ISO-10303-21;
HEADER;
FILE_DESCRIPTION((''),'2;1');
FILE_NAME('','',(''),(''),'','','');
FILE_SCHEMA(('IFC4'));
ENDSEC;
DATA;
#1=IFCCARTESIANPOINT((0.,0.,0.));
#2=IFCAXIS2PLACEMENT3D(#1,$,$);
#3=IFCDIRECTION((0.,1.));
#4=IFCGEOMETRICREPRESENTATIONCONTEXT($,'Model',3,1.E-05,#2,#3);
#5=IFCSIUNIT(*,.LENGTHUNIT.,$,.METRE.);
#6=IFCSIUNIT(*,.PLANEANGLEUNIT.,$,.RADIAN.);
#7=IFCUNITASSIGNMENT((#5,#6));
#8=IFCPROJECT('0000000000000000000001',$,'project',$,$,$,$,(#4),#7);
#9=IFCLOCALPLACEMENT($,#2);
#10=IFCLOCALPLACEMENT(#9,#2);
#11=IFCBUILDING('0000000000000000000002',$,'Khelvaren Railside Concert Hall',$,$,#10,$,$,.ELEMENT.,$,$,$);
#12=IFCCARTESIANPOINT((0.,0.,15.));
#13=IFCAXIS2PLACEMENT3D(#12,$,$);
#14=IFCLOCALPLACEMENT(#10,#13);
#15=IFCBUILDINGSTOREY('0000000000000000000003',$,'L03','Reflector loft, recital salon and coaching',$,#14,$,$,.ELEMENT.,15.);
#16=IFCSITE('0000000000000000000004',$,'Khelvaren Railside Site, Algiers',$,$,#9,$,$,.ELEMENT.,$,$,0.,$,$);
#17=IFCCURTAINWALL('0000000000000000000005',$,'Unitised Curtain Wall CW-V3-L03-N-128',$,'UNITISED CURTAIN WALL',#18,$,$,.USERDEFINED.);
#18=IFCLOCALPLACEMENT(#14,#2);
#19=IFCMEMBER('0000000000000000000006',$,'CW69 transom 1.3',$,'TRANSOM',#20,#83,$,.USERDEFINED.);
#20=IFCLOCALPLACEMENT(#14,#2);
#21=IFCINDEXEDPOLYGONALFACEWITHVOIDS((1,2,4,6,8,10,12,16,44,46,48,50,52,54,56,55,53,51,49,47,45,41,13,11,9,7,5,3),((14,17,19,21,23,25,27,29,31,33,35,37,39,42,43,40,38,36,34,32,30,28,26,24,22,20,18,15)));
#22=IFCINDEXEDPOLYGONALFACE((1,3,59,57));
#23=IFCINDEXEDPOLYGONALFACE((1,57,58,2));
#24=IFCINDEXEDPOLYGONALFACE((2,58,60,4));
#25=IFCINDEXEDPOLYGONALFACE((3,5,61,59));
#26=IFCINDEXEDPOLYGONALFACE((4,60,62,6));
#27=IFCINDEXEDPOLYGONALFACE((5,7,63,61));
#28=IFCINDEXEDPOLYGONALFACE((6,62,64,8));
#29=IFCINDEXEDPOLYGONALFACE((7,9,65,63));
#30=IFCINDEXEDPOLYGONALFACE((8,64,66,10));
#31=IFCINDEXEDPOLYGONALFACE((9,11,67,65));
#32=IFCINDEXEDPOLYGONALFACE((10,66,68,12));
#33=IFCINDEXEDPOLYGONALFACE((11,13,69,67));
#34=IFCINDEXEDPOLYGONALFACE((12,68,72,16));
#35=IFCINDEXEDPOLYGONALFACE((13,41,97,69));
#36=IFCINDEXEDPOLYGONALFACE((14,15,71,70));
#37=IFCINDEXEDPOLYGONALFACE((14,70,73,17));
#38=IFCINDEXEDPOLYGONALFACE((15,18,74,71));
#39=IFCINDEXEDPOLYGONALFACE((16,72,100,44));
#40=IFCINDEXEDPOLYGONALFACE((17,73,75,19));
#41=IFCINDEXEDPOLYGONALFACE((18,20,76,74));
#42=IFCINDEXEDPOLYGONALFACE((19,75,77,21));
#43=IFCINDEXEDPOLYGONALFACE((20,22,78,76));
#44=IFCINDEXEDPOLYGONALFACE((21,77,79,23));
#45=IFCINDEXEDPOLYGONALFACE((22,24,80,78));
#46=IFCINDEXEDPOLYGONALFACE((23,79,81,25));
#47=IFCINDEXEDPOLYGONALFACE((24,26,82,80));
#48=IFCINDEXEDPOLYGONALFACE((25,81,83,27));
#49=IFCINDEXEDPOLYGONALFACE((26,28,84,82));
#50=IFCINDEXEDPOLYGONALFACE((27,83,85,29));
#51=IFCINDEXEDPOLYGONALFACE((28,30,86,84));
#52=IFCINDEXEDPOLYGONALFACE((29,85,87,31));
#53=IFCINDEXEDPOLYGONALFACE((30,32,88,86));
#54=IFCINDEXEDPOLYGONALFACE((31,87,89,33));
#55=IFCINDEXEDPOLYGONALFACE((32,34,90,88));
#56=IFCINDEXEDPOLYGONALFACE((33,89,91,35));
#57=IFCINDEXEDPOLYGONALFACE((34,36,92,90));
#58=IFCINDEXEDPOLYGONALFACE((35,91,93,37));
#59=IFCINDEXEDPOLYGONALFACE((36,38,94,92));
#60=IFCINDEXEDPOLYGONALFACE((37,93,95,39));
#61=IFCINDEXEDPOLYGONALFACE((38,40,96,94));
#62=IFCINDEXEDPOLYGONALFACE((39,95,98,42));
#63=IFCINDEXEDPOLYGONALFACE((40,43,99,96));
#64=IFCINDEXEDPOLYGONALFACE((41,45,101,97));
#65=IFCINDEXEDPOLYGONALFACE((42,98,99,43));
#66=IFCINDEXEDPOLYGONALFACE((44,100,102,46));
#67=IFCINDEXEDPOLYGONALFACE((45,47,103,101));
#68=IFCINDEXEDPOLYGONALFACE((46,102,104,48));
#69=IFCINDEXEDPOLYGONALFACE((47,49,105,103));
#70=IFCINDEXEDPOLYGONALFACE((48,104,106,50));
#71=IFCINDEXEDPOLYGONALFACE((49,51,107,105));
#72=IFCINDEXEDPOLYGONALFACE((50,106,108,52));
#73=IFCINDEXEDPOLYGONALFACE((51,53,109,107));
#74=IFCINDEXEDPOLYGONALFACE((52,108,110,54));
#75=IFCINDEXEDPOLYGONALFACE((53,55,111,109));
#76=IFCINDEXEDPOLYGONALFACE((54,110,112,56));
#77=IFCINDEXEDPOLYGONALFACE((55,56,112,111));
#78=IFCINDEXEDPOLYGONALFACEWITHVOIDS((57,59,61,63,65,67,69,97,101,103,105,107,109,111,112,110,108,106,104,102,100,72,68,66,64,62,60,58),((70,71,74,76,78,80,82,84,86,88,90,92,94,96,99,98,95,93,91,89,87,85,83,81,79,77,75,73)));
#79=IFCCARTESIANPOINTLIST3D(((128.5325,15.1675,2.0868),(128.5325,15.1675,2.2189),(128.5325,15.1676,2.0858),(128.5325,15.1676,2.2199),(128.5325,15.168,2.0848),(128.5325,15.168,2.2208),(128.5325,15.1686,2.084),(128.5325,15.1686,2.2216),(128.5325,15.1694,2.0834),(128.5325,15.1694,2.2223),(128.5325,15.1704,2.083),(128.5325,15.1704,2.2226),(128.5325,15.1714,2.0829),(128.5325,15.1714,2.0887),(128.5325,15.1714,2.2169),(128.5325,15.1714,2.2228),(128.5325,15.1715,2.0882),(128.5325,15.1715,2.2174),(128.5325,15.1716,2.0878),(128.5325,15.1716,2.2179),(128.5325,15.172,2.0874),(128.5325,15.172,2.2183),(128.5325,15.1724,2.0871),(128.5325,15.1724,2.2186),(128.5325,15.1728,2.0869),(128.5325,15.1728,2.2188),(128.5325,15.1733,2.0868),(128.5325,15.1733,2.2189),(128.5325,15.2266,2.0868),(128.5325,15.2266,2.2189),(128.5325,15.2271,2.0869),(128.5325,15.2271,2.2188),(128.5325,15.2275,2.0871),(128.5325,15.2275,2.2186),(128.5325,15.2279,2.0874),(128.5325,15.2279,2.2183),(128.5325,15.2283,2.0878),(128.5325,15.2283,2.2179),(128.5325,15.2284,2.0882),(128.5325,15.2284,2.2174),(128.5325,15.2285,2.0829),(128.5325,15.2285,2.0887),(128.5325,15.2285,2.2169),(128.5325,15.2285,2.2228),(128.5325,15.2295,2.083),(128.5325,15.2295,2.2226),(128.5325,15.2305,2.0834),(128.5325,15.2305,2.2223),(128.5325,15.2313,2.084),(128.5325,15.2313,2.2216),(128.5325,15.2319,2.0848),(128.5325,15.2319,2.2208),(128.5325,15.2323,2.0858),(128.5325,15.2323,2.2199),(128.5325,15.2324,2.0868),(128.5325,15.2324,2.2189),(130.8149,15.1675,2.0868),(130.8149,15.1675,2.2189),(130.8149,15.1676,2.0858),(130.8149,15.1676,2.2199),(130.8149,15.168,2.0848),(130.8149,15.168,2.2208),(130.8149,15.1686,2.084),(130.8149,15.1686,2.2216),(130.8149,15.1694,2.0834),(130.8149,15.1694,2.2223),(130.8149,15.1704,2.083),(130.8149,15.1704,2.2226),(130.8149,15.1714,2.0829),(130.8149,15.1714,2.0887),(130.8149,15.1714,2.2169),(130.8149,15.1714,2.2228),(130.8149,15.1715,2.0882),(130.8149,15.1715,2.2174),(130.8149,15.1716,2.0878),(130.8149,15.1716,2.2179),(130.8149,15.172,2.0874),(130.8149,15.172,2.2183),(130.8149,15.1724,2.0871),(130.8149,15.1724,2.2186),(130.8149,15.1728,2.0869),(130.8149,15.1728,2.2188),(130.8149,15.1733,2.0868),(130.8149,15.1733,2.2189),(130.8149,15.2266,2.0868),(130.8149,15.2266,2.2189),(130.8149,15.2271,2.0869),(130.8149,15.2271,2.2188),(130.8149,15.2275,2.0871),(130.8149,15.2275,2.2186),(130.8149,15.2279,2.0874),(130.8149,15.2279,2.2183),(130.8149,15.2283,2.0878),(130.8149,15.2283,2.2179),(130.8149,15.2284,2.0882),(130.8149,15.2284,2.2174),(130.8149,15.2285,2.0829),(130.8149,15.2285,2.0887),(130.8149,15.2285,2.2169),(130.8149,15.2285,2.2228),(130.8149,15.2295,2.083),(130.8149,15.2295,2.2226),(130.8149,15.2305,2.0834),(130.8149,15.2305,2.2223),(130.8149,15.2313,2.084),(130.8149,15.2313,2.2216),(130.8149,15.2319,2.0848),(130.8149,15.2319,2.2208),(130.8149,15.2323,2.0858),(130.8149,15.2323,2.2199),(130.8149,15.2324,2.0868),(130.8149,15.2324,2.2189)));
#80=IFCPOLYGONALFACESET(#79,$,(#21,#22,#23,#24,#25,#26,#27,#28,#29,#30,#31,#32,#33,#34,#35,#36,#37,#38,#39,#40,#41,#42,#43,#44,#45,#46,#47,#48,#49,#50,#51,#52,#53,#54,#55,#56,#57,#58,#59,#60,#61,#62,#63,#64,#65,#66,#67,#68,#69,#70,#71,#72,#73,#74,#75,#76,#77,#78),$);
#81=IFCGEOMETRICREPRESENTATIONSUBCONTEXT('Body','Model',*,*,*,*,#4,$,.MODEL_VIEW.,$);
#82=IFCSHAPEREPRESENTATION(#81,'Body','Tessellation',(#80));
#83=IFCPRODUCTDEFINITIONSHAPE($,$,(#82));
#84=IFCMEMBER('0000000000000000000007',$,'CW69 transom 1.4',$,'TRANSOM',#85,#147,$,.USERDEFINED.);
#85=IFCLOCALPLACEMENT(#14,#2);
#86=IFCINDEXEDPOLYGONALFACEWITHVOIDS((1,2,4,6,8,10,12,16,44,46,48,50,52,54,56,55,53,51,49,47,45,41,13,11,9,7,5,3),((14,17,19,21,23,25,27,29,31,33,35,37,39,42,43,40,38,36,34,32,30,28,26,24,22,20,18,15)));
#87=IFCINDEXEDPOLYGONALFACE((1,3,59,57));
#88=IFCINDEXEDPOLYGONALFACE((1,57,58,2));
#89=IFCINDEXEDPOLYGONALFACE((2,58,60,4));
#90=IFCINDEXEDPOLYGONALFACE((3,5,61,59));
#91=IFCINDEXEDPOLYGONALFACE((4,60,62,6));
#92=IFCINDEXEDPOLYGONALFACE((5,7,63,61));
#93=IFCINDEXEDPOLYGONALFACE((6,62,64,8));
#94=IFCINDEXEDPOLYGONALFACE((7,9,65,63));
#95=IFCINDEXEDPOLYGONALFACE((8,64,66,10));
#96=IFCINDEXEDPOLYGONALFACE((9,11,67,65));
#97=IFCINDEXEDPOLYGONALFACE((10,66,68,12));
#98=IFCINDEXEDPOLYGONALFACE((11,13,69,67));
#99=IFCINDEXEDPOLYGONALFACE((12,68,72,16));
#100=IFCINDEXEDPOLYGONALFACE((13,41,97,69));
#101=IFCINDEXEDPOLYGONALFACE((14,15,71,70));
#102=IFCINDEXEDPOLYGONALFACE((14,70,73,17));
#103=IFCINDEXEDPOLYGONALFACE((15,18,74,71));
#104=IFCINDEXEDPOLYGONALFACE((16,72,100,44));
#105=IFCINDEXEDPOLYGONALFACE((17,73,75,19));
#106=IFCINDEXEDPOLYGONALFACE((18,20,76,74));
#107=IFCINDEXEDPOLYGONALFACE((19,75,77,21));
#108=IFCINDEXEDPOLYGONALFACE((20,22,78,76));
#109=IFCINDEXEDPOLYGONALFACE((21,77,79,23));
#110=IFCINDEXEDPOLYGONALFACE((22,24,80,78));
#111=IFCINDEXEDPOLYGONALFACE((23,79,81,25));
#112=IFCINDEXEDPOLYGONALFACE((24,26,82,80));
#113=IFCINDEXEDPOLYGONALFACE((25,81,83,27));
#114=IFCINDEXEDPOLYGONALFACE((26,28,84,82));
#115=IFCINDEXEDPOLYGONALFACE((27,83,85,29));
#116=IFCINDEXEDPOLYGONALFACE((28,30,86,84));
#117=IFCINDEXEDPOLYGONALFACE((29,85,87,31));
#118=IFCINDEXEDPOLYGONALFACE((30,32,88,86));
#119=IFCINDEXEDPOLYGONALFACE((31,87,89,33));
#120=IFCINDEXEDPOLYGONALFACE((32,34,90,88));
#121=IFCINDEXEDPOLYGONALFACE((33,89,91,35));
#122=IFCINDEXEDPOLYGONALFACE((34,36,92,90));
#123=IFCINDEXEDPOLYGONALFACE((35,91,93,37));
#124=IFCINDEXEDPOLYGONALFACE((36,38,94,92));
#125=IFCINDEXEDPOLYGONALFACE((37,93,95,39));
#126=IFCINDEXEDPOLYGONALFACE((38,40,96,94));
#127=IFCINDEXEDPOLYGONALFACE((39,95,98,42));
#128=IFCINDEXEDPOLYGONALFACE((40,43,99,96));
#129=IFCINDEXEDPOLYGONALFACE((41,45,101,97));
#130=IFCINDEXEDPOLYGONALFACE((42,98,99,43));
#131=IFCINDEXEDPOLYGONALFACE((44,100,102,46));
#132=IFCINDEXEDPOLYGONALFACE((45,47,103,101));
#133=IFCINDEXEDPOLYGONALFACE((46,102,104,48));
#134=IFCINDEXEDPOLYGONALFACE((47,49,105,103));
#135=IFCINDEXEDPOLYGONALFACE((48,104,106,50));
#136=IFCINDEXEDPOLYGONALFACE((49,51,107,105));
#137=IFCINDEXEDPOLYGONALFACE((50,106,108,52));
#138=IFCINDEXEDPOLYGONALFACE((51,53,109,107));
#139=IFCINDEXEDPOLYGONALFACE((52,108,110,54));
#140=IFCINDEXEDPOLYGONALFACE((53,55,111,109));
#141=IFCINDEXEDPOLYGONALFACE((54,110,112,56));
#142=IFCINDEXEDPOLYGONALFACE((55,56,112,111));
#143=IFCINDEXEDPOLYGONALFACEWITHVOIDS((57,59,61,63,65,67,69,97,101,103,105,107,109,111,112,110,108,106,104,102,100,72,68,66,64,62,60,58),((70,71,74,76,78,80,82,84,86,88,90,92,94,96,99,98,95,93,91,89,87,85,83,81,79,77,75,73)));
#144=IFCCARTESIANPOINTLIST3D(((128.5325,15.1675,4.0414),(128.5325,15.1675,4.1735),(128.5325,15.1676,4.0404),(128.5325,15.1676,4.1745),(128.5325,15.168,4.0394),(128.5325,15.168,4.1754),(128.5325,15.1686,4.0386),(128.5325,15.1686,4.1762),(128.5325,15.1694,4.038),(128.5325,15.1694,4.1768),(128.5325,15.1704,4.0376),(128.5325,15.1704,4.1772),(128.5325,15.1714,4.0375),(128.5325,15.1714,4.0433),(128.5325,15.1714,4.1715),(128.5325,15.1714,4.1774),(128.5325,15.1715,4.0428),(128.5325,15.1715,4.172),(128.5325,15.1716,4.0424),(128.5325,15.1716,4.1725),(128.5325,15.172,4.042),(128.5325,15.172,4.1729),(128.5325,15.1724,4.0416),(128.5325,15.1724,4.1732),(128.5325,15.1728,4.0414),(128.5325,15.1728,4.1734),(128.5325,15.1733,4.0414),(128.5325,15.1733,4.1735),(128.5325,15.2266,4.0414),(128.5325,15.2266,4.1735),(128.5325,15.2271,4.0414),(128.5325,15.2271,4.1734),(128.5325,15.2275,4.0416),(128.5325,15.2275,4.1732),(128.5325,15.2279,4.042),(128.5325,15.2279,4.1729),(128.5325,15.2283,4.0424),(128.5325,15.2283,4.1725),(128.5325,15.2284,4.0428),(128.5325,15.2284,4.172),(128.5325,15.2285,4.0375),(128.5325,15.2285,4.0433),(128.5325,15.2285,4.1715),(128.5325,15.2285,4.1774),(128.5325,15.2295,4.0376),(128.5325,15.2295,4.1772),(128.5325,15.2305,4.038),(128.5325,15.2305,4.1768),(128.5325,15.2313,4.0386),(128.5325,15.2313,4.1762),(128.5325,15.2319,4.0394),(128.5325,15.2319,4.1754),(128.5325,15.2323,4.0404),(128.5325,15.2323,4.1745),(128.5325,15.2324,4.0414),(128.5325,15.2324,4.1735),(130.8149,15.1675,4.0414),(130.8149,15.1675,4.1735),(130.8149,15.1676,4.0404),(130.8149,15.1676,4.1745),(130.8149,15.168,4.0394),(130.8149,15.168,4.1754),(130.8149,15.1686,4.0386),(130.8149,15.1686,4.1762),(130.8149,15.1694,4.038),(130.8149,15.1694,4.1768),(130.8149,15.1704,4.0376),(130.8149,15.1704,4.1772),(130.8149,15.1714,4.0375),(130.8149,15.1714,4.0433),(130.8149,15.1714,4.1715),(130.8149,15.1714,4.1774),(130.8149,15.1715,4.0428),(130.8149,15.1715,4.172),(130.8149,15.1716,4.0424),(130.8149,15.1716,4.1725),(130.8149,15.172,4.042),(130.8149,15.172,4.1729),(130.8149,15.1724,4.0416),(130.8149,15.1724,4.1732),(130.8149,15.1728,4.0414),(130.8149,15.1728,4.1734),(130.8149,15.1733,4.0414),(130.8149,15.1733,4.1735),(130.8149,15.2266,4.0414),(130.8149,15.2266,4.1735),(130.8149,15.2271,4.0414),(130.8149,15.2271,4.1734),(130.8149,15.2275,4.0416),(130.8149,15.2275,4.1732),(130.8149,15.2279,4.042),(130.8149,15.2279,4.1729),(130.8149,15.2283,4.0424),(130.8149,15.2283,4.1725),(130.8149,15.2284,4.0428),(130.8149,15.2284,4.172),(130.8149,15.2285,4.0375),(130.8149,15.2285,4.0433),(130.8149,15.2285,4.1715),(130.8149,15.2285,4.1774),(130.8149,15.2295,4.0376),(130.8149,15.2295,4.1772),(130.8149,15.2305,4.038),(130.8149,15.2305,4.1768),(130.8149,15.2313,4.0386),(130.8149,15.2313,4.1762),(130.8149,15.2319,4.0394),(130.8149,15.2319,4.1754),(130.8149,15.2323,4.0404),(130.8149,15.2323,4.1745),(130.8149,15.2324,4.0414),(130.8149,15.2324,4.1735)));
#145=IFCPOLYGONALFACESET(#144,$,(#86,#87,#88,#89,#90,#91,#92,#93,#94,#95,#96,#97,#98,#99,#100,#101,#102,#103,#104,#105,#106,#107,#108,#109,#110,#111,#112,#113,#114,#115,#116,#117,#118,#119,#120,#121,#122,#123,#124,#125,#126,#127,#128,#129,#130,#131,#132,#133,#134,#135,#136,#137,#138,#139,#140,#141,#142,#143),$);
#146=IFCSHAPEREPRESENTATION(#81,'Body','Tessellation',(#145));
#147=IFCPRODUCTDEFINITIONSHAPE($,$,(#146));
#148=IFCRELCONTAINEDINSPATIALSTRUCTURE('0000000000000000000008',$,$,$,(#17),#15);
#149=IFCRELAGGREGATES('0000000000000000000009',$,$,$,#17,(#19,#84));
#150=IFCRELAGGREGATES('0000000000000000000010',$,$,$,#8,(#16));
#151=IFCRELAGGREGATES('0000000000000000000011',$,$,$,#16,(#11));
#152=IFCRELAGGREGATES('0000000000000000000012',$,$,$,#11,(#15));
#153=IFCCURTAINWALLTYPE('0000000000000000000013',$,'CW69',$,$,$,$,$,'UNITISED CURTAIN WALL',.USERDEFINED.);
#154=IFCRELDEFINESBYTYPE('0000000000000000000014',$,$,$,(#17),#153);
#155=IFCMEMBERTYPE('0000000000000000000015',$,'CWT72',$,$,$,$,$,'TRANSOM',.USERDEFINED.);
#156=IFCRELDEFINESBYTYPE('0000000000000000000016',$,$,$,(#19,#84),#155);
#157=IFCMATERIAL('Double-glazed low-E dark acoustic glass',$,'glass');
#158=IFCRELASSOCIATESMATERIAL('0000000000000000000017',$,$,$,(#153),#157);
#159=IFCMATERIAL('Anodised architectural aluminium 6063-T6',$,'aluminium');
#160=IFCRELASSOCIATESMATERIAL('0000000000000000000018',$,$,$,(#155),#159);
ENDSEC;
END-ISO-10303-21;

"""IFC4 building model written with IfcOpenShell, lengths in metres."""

from ifc_helpers import new_model, si_unit, direction, frame, origin, origin_2d, place, context, subcontext, project, spatial, hollow_rectangle, extrude, material, material_profile, profile_set, type_object, element, aggregate, save


model = new_model("IFC4")

# Units and contexts
model_context = context("Model", 3, precision=1e-05, world=origin(), true_north=direction((0.0, 1.0)))
body_context = subcontext(model_context, "Body", "Model", "MODEL_VIEW")
ifc_project = project(units=[si_unit("LENGTHUNIT", "METRE"), si_unit("PLANEANGLEUNIT", "RADIAN")], contexts=[model_context])

# Site, building, storey
site_placement = place(None, origin())
site = spatial("IfcSite", under=ifc_project, at=site_placement, Name="Khelvaren Railside Site, Algiers", CompositionType="ELEMENT", RefElevation=0.0)
building_placement = place(site_placement, origin())
building = spatial("IfcBuilding", under=site, at=building_placement, Name="Khelvaren Railside Concert Hall", CompositionType="ELEMENT")
storey_placement = place(building_placement, frame((0.0, 0.0, 15.0)))
storey = spatial("IfcBuildingStorey", under=building, at=storey_placement, Name="L03", Description="Reflector loft, recital salon and coaching", CompositionType="ELEMENT", Elevation=15.0)

# Shared definitions
ifc_material_1 = material(Name="Double-glazed low-E dark acoustic glass", Category="glass")
ifc_material_2 = material(Name="Anodised architectural aluminium 6063-T6", Category="aluminium")

# Curtain wall, members
curtain_wall_type_1 = type_object("IfcCurtainWallType", Name="CW69", ElementType="UNITISED CURTAIN WALL", PredefinedType="USERDEFINED", material=ifc_material_1)
curtain_wall_1_placement = place(storey_placement, origin())
curtain_wall_1 = element("IfcCurtainWall", 1, at=curtain_wall_1_placement, inside=storey, type_object=curtain_wall_type_1, Name="Unitised Curtain Wall CW-V3-L03-N-128", ObjectType="UNITISED CURTAIN WALL", PredefinedType="USERDEFINED")
ifc_material_profile_1 = material_profile(ifc_material_2, hollow_rectangle(XDim=0.0649, YDim=0.1399, WallThickness=0.0039, InnerFilletRadius=0.002, OuterFilletRadius=0.0039, at=origin_2d()), Name="CWT 65x140x4")
ifc_profile_set_1 = profile_set([ifc_material_profile_1], Name="Anodised architectural aluminium 6063-T6")
member_type_1 = type_object("IfcMemberType", Name="CWT72", ElementType="TRANSOM", PredefinedType="USERDEFINED", material=ifc_profile_set_1)
member_1_placement = place(storey_placement, frame((128.5325, 15.2, 2.1528), z_axis=(1.0, 0.0, 0.0), x_axis=(0.0, 1.0, 0.0)))
member_1 = element("IfcMember", 2, at=member_1_placement, type_object=member_type_1, Name="CW69 transom 1.3", ObjectType="TRANSOM", PredefinedType="USERDEFINED", context=body_context, shape_type="SweptSolid", body=[
    extrude(hollow_rectangle(XDim=0.0649, YDim=0.1399, WallThickness=0.0039, InnerFilletRadius=0.002, OuterFilletRadius=0.0039, at=origin_2d()), origin(), (0.0, 0.0, 1.0), 2.2825),
])
member_2_placement = place(storey_placement, frame((128.5325, 15.2, 4.1074), z_axis=(1.0, 0.0, 0.0), x_axis=(0.0, 1.0, 0.0)))
member_2 = element("IfcMember", 3, at=member_2_placement, type_object=member_type_1, Name="CW69 transom 1.4", ObjectType="TRANSOM", PredefinedType="USERDEFINED", context=body_context, shape_type="SweptSolid", body=[
    extrude(hollow_rectangle(XDim=0.0649, YDim=0.1399, WallThickness=0.0039, InnerFilletRadius=0.002, OuterFilletRadius=0.0039, at=origin_2d()), origin(), (0.0, 0.0, 1.0), 2.2825),
])

aggregate(curtain_wall_1, [member_1, member_2])

save(model, "model.ifc")
